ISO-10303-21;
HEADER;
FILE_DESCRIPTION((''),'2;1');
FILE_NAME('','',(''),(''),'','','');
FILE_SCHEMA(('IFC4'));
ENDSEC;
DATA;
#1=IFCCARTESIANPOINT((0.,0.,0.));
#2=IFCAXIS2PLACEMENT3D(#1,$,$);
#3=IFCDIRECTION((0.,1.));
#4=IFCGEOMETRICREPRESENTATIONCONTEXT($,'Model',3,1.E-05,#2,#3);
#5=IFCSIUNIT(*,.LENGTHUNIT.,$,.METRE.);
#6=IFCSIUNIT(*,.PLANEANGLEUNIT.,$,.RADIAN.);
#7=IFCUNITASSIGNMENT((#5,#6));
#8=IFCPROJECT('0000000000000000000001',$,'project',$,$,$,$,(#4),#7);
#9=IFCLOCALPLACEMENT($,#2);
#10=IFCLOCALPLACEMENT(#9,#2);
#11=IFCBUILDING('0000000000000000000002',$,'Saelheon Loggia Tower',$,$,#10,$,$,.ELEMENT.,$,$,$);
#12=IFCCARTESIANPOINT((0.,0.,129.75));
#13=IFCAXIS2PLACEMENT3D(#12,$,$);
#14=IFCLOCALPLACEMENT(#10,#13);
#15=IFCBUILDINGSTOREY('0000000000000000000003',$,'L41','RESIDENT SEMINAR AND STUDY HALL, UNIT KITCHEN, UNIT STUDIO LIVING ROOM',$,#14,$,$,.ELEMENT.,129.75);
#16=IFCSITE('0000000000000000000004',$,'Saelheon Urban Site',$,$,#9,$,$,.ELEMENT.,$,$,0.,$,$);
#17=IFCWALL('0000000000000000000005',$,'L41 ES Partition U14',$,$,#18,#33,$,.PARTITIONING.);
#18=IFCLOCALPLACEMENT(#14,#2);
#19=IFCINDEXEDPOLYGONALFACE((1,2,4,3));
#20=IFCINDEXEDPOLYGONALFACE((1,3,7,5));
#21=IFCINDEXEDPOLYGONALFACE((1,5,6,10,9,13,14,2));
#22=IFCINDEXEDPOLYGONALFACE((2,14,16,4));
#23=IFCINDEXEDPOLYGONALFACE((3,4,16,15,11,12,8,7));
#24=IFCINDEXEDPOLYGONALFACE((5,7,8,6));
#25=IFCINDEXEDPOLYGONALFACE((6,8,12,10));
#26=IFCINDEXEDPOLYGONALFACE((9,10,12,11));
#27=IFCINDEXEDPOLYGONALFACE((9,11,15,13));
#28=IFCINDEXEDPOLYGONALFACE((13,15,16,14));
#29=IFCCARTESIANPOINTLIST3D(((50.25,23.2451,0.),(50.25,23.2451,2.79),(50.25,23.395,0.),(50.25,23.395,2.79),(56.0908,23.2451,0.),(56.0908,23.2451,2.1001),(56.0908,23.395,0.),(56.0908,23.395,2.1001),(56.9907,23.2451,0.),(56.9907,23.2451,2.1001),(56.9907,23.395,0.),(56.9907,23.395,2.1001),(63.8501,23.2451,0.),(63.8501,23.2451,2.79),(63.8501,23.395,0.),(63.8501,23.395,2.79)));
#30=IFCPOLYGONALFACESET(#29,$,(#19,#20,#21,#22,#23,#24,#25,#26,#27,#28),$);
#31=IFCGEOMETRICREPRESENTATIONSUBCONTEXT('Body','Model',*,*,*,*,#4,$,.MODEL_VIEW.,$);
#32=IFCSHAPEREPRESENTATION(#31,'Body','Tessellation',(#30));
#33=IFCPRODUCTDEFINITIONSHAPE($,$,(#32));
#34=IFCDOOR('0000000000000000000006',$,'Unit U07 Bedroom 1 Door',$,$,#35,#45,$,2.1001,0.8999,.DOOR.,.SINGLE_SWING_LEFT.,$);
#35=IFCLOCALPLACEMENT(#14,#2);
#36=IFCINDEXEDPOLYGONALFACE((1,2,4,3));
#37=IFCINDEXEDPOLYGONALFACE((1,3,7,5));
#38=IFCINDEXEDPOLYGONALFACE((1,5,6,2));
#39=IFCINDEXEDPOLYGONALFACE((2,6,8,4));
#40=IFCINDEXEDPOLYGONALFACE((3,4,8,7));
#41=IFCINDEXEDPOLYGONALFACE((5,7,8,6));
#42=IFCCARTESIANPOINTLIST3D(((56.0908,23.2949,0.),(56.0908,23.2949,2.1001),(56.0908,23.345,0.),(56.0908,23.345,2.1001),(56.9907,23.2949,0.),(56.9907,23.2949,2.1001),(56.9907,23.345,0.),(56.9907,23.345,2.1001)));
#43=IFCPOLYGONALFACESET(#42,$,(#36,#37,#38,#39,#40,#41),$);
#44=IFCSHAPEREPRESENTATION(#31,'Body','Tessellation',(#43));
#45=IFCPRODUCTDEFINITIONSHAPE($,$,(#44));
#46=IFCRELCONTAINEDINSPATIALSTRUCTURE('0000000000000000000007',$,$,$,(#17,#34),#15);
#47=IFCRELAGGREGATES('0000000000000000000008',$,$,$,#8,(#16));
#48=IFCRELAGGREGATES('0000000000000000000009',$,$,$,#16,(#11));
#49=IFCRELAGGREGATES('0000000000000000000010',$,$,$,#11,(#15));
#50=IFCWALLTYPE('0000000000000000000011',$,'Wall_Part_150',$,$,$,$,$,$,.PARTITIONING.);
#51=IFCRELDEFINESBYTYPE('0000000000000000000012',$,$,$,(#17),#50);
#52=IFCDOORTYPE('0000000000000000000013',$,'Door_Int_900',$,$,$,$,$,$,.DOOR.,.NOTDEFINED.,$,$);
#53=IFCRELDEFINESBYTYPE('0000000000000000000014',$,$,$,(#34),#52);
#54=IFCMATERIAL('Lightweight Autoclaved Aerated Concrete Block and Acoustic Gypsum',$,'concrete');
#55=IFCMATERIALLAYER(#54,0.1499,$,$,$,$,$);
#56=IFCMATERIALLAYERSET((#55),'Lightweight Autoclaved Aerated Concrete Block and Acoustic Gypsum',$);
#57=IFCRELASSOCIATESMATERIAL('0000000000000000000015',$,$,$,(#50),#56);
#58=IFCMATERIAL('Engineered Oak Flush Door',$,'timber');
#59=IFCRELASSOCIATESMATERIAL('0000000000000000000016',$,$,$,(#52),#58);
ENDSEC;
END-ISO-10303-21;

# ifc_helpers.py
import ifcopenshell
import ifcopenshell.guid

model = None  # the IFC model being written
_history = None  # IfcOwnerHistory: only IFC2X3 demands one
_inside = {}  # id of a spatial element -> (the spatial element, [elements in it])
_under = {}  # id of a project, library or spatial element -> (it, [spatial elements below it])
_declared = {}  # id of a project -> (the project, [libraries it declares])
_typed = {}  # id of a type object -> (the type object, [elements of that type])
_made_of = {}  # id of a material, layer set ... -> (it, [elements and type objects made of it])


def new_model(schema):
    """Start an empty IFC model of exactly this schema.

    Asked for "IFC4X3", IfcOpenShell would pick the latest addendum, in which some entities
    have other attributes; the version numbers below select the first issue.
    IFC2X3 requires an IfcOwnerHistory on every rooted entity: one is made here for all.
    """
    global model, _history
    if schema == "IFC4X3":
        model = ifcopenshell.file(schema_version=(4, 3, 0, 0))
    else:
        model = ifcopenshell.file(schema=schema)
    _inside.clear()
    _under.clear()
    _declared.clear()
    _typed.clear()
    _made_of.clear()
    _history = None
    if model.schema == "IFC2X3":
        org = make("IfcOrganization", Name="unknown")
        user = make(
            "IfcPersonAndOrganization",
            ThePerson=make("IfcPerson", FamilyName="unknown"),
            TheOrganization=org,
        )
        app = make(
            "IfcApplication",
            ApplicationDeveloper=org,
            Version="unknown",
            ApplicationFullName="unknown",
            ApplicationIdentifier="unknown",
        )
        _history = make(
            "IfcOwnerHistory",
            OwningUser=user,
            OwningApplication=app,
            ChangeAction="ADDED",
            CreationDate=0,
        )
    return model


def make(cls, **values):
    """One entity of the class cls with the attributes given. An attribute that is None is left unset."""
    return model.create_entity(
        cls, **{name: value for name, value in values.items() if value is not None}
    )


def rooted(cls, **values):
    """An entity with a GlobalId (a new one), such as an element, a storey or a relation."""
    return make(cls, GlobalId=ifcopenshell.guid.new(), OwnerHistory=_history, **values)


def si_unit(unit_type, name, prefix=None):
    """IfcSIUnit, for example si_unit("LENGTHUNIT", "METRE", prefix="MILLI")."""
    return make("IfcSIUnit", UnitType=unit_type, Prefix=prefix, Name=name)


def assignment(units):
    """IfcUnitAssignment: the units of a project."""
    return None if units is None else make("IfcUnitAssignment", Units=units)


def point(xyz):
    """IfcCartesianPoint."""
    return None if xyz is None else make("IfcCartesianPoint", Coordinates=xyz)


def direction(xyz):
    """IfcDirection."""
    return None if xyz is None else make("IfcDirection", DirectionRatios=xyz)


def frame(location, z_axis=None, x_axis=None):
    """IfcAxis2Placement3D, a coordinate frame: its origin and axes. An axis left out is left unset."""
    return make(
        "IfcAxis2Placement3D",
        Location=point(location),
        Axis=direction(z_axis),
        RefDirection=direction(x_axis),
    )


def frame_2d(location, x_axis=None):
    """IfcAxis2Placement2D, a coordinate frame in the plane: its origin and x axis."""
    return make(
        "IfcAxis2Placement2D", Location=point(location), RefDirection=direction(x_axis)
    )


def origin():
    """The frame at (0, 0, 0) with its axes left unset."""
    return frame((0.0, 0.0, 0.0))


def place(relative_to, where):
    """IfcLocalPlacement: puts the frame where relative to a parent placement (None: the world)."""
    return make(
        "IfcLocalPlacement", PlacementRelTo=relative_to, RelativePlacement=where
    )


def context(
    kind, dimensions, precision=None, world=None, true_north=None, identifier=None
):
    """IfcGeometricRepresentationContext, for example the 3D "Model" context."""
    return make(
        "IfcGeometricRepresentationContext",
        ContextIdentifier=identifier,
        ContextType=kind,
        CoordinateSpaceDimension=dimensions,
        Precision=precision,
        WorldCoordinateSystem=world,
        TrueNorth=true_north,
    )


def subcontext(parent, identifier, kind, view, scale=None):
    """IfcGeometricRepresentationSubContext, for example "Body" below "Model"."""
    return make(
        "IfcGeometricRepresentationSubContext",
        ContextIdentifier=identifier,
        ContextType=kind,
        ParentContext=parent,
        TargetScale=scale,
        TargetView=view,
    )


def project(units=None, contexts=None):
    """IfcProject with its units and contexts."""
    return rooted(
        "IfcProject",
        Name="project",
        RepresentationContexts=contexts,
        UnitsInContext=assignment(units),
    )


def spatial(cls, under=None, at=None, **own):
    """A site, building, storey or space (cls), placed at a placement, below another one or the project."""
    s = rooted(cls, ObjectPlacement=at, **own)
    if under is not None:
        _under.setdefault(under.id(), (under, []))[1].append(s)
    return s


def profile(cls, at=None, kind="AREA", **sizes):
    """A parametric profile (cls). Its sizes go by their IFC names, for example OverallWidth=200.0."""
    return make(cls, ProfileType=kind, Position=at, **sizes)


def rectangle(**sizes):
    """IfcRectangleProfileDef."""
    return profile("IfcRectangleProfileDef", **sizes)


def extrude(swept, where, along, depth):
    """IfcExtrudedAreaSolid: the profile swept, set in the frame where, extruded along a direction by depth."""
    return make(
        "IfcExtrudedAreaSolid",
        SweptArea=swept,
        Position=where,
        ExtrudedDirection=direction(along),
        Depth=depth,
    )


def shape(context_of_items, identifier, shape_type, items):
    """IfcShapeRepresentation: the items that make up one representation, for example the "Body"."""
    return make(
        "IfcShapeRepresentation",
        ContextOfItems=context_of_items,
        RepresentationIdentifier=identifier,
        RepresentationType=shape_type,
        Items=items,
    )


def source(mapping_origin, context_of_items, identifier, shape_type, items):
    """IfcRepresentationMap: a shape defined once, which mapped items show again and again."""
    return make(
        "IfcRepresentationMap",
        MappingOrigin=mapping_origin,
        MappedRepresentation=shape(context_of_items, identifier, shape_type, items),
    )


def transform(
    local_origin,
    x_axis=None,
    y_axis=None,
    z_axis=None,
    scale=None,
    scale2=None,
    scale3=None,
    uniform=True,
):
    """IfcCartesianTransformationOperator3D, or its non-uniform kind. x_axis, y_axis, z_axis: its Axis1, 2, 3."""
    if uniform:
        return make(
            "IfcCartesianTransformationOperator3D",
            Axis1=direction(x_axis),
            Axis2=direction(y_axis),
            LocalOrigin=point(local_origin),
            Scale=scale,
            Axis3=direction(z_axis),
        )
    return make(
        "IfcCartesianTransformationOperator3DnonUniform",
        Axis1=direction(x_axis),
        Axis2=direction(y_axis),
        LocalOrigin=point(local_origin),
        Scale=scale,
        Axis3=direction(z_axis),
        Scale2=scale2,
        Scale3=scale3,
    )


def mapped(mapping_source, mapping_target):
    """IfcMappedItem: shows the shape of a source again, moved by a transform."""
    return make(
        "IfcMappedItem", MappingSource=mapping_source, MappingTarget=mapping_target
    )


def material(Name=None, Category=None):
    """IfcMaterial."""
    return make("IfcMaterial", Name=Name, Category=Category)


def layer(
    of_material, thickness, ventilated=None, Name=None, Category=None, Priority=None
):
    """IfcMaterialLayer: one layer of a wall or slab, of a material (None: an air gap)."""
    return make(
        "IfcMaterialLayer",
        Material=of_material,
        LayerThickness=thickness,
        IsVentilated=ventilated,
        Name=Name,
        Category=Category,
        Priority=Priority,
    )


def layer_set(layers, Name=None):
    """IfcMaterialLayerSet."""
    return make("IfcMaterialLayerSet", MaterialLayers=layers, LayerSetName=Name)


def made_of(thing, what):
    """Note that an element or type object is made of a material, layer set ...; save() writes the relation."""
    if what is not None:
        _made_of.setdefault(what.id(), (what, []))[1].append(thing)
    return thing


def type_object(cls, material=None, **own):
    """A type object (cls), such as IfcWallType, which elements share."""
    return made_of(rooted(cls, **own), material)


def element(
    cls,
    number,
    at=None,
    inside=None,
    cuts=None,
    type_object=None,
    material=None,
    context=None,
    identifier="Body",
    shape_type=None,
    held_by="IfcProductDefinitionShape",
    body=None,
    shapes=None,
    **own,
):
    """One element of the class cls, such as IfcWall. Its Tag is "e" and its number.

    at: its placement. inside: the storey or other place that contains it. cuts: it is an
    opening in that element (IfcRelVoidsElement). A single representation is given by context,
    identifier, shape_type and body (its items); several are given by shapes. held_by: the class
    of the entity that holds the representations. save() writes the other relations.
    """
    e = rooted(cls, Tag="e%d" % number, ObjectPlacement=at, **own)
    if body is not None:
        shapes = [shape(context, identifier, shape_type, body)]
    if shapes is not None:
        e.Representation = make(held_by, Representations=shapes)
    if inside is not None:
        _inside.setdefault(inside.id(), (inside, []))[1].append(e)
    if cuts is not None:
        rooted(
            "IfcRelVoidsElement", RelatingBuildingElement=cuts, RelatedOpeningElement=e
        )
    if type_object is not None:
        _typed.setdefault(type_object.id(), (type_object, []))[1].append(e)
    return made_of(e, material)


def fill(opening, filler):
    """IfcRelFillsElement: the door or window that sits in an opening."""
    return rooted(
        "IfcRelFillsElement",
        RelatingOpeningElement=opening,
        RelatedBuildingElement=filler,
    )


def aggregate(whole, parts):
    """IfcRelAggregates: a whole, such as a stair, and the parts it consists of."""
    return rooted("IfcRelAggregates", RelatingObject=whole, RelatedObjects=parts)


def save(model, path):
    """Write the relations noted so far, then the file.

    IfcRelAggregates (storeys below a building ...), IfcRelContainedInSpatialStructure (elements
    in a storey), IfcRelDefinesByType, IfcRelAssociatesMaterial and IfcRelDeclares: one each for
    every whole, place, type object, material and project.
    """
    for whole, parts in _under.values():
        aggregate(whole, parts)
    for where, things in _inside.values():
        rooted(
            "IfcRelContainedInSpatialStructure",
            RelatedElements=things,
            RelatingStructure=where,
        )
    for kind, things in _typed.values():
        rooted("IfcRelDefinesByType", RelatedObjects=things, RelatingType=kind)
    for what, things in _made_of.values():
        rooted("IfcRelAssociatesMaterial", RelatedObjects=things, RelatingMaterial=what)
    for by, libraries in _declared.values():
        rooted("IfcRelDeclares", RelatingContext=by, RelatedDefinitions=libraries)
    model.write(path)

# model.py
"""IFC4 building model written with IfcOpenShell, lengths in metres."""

from ifc_helpers import new_model, si_unit, direction, frame, frame_2d, origin, place, context, subcontext, project, spatial, rectangle, extrude, source, transform, mapped, material, layer, layer_set, type_object, element, fill, save


model = new_model("IFC4")

# Units and contexts
model_context = context("Model", 3, precision=1e-05, world=origin(), true_north=direction((0.0, 1.0)))
body_context = subcontext(model_context, "Body", "Model", "MODEL_VIEW")
ifc_project = project(units=[si_unit("LENGTHUNIT", "METRE"), si_unit("PLANEANGLEUNIT", "RADIAN")], contexts=[model_context])

# Site, building, storey
site_placement = place(None, origin())
site = spatial("IfcSite", under=ifc_project, at=site_placement, Name="Saelheon Urban Site", CompositionType="ELEMENT", RefElevation=0.0)
building_placement = place(site_placement, origin())
building = spatial("IfcBuilding", under=site, at=building_placement, Name="Saelheon Loggia Tower", CompositionType="ELEMENT")
storey_placement = place(building_placement, frame((0.0, 0.0, 129.75)))
storey = spatial("IfcBuildingStorey", under=building, at=storey_placement, Name="L41", Description="RESIDENT SEMINAR AND STUDY HALL, UNIT KITCHEN, UNIT STUDIO LIVING ROOM", CompositionType="ELEMENT", Elevation=129.75)

# Wall, opening, door
ifc_material_1 = material(Name="Lightweight Autoclaved Aerated Concrete Block and Acoustic Gypsum", Category="concrete")
ifc_layer_1 = layer(ifc_material_1, 0.1499)
ifc_layer_set_1 = layer_set([ifc_layer_1], Name="Lightweight Autoclaved Aerated Concrete Block and Acoustic Gypsum")
wall_type_1 = type_object("IfcWallType", Name="Wall_Part_150", PredefinedType="PARTITIONING", material=ifc_layer_set_1)
wall_1_placement = place(storey_placement, frame((50.25, 23.3201, 0.0), z_axis=(0.0, 0.0, 1.0), x_axis=(1.0, 0.0, 0.0)))
wall_1 = element("IfcWall", 1, at=wall_1_placement, inside=storey, type_object=wall_type_1, Name="L41 ES Partition U14", PredefinedType="PARTITIONING", context=body_context, shape_type="SweptSolid", body=[
    extrude(rectangle(XDim=13.6001, YDim=0.1499, at=frame_2d((6.8, 0.0))), origin(), (0.0, 0.0, 1.0), 2.79),
])
opening_1_placement = place(wall_1_placement, frame((5.8408, 0.0, 0.0)))
opening_1 = element("IfcOpeningElement", 2, at=opening_1_placement, cuts=wall_1, PredefinedType="OPENING", context=body_context, shape_type="SweptSolid", body=[
    extrude(rectangle(XDim=0.8999, YDim=2.1001, at=frame_2d((0.45, 1.05))), frame((0.0, 0.0869, 0.0), z_axis=(0.0, -1.0, 0.0), x_axis=(1.0, 0.0, 0.0)), (0.0, 0.0, 1.0), 0.1738),
])
ifc_material_2 = material(Name="Engineered Oak Flush Door", Category="timber")
door_type_1 = type_object("IfcDoorType", Name="Door_Int_900", OperationType="NOTDEFINED", PredefinedType="DOOR", material=ifc_material_2)
shared_shape_1 = source(origin(), body_context, "Body", "SweptSolid", [
    extrude(rectangle(XDim=0.8999, YDim=2.1001, at=frame_2d((0.45, 1.05))), frame((0.0, 0.0249, 0.0), z_axis=(0.0, -1.0, 0.0), x_axis=(1.0, 0.0, 0.0)), (0.0, 0.0, 1.0), 0.05),
])
door_1_placement = place(opening_1_placement, origin())
door_1 = element("IfcDoor", 3, at=door_1_placement, inside=storey, type_object=door_type_1, Name="Unit U07 Bedroom 1 Door", OperationType="SINGLE_SWING_LEFT", OverallHeight=2.1001, OverallWidth=0.8999, PredefinedType="DOOR", context=body_context, shape_type="MappedRepresentation", body=[
    mapped(shared_shape_1, transform((0.0, 0.0, 0.0), scale=1.0)),
])
fill(opening_1, door_1)

save(model, "model.ifc")
